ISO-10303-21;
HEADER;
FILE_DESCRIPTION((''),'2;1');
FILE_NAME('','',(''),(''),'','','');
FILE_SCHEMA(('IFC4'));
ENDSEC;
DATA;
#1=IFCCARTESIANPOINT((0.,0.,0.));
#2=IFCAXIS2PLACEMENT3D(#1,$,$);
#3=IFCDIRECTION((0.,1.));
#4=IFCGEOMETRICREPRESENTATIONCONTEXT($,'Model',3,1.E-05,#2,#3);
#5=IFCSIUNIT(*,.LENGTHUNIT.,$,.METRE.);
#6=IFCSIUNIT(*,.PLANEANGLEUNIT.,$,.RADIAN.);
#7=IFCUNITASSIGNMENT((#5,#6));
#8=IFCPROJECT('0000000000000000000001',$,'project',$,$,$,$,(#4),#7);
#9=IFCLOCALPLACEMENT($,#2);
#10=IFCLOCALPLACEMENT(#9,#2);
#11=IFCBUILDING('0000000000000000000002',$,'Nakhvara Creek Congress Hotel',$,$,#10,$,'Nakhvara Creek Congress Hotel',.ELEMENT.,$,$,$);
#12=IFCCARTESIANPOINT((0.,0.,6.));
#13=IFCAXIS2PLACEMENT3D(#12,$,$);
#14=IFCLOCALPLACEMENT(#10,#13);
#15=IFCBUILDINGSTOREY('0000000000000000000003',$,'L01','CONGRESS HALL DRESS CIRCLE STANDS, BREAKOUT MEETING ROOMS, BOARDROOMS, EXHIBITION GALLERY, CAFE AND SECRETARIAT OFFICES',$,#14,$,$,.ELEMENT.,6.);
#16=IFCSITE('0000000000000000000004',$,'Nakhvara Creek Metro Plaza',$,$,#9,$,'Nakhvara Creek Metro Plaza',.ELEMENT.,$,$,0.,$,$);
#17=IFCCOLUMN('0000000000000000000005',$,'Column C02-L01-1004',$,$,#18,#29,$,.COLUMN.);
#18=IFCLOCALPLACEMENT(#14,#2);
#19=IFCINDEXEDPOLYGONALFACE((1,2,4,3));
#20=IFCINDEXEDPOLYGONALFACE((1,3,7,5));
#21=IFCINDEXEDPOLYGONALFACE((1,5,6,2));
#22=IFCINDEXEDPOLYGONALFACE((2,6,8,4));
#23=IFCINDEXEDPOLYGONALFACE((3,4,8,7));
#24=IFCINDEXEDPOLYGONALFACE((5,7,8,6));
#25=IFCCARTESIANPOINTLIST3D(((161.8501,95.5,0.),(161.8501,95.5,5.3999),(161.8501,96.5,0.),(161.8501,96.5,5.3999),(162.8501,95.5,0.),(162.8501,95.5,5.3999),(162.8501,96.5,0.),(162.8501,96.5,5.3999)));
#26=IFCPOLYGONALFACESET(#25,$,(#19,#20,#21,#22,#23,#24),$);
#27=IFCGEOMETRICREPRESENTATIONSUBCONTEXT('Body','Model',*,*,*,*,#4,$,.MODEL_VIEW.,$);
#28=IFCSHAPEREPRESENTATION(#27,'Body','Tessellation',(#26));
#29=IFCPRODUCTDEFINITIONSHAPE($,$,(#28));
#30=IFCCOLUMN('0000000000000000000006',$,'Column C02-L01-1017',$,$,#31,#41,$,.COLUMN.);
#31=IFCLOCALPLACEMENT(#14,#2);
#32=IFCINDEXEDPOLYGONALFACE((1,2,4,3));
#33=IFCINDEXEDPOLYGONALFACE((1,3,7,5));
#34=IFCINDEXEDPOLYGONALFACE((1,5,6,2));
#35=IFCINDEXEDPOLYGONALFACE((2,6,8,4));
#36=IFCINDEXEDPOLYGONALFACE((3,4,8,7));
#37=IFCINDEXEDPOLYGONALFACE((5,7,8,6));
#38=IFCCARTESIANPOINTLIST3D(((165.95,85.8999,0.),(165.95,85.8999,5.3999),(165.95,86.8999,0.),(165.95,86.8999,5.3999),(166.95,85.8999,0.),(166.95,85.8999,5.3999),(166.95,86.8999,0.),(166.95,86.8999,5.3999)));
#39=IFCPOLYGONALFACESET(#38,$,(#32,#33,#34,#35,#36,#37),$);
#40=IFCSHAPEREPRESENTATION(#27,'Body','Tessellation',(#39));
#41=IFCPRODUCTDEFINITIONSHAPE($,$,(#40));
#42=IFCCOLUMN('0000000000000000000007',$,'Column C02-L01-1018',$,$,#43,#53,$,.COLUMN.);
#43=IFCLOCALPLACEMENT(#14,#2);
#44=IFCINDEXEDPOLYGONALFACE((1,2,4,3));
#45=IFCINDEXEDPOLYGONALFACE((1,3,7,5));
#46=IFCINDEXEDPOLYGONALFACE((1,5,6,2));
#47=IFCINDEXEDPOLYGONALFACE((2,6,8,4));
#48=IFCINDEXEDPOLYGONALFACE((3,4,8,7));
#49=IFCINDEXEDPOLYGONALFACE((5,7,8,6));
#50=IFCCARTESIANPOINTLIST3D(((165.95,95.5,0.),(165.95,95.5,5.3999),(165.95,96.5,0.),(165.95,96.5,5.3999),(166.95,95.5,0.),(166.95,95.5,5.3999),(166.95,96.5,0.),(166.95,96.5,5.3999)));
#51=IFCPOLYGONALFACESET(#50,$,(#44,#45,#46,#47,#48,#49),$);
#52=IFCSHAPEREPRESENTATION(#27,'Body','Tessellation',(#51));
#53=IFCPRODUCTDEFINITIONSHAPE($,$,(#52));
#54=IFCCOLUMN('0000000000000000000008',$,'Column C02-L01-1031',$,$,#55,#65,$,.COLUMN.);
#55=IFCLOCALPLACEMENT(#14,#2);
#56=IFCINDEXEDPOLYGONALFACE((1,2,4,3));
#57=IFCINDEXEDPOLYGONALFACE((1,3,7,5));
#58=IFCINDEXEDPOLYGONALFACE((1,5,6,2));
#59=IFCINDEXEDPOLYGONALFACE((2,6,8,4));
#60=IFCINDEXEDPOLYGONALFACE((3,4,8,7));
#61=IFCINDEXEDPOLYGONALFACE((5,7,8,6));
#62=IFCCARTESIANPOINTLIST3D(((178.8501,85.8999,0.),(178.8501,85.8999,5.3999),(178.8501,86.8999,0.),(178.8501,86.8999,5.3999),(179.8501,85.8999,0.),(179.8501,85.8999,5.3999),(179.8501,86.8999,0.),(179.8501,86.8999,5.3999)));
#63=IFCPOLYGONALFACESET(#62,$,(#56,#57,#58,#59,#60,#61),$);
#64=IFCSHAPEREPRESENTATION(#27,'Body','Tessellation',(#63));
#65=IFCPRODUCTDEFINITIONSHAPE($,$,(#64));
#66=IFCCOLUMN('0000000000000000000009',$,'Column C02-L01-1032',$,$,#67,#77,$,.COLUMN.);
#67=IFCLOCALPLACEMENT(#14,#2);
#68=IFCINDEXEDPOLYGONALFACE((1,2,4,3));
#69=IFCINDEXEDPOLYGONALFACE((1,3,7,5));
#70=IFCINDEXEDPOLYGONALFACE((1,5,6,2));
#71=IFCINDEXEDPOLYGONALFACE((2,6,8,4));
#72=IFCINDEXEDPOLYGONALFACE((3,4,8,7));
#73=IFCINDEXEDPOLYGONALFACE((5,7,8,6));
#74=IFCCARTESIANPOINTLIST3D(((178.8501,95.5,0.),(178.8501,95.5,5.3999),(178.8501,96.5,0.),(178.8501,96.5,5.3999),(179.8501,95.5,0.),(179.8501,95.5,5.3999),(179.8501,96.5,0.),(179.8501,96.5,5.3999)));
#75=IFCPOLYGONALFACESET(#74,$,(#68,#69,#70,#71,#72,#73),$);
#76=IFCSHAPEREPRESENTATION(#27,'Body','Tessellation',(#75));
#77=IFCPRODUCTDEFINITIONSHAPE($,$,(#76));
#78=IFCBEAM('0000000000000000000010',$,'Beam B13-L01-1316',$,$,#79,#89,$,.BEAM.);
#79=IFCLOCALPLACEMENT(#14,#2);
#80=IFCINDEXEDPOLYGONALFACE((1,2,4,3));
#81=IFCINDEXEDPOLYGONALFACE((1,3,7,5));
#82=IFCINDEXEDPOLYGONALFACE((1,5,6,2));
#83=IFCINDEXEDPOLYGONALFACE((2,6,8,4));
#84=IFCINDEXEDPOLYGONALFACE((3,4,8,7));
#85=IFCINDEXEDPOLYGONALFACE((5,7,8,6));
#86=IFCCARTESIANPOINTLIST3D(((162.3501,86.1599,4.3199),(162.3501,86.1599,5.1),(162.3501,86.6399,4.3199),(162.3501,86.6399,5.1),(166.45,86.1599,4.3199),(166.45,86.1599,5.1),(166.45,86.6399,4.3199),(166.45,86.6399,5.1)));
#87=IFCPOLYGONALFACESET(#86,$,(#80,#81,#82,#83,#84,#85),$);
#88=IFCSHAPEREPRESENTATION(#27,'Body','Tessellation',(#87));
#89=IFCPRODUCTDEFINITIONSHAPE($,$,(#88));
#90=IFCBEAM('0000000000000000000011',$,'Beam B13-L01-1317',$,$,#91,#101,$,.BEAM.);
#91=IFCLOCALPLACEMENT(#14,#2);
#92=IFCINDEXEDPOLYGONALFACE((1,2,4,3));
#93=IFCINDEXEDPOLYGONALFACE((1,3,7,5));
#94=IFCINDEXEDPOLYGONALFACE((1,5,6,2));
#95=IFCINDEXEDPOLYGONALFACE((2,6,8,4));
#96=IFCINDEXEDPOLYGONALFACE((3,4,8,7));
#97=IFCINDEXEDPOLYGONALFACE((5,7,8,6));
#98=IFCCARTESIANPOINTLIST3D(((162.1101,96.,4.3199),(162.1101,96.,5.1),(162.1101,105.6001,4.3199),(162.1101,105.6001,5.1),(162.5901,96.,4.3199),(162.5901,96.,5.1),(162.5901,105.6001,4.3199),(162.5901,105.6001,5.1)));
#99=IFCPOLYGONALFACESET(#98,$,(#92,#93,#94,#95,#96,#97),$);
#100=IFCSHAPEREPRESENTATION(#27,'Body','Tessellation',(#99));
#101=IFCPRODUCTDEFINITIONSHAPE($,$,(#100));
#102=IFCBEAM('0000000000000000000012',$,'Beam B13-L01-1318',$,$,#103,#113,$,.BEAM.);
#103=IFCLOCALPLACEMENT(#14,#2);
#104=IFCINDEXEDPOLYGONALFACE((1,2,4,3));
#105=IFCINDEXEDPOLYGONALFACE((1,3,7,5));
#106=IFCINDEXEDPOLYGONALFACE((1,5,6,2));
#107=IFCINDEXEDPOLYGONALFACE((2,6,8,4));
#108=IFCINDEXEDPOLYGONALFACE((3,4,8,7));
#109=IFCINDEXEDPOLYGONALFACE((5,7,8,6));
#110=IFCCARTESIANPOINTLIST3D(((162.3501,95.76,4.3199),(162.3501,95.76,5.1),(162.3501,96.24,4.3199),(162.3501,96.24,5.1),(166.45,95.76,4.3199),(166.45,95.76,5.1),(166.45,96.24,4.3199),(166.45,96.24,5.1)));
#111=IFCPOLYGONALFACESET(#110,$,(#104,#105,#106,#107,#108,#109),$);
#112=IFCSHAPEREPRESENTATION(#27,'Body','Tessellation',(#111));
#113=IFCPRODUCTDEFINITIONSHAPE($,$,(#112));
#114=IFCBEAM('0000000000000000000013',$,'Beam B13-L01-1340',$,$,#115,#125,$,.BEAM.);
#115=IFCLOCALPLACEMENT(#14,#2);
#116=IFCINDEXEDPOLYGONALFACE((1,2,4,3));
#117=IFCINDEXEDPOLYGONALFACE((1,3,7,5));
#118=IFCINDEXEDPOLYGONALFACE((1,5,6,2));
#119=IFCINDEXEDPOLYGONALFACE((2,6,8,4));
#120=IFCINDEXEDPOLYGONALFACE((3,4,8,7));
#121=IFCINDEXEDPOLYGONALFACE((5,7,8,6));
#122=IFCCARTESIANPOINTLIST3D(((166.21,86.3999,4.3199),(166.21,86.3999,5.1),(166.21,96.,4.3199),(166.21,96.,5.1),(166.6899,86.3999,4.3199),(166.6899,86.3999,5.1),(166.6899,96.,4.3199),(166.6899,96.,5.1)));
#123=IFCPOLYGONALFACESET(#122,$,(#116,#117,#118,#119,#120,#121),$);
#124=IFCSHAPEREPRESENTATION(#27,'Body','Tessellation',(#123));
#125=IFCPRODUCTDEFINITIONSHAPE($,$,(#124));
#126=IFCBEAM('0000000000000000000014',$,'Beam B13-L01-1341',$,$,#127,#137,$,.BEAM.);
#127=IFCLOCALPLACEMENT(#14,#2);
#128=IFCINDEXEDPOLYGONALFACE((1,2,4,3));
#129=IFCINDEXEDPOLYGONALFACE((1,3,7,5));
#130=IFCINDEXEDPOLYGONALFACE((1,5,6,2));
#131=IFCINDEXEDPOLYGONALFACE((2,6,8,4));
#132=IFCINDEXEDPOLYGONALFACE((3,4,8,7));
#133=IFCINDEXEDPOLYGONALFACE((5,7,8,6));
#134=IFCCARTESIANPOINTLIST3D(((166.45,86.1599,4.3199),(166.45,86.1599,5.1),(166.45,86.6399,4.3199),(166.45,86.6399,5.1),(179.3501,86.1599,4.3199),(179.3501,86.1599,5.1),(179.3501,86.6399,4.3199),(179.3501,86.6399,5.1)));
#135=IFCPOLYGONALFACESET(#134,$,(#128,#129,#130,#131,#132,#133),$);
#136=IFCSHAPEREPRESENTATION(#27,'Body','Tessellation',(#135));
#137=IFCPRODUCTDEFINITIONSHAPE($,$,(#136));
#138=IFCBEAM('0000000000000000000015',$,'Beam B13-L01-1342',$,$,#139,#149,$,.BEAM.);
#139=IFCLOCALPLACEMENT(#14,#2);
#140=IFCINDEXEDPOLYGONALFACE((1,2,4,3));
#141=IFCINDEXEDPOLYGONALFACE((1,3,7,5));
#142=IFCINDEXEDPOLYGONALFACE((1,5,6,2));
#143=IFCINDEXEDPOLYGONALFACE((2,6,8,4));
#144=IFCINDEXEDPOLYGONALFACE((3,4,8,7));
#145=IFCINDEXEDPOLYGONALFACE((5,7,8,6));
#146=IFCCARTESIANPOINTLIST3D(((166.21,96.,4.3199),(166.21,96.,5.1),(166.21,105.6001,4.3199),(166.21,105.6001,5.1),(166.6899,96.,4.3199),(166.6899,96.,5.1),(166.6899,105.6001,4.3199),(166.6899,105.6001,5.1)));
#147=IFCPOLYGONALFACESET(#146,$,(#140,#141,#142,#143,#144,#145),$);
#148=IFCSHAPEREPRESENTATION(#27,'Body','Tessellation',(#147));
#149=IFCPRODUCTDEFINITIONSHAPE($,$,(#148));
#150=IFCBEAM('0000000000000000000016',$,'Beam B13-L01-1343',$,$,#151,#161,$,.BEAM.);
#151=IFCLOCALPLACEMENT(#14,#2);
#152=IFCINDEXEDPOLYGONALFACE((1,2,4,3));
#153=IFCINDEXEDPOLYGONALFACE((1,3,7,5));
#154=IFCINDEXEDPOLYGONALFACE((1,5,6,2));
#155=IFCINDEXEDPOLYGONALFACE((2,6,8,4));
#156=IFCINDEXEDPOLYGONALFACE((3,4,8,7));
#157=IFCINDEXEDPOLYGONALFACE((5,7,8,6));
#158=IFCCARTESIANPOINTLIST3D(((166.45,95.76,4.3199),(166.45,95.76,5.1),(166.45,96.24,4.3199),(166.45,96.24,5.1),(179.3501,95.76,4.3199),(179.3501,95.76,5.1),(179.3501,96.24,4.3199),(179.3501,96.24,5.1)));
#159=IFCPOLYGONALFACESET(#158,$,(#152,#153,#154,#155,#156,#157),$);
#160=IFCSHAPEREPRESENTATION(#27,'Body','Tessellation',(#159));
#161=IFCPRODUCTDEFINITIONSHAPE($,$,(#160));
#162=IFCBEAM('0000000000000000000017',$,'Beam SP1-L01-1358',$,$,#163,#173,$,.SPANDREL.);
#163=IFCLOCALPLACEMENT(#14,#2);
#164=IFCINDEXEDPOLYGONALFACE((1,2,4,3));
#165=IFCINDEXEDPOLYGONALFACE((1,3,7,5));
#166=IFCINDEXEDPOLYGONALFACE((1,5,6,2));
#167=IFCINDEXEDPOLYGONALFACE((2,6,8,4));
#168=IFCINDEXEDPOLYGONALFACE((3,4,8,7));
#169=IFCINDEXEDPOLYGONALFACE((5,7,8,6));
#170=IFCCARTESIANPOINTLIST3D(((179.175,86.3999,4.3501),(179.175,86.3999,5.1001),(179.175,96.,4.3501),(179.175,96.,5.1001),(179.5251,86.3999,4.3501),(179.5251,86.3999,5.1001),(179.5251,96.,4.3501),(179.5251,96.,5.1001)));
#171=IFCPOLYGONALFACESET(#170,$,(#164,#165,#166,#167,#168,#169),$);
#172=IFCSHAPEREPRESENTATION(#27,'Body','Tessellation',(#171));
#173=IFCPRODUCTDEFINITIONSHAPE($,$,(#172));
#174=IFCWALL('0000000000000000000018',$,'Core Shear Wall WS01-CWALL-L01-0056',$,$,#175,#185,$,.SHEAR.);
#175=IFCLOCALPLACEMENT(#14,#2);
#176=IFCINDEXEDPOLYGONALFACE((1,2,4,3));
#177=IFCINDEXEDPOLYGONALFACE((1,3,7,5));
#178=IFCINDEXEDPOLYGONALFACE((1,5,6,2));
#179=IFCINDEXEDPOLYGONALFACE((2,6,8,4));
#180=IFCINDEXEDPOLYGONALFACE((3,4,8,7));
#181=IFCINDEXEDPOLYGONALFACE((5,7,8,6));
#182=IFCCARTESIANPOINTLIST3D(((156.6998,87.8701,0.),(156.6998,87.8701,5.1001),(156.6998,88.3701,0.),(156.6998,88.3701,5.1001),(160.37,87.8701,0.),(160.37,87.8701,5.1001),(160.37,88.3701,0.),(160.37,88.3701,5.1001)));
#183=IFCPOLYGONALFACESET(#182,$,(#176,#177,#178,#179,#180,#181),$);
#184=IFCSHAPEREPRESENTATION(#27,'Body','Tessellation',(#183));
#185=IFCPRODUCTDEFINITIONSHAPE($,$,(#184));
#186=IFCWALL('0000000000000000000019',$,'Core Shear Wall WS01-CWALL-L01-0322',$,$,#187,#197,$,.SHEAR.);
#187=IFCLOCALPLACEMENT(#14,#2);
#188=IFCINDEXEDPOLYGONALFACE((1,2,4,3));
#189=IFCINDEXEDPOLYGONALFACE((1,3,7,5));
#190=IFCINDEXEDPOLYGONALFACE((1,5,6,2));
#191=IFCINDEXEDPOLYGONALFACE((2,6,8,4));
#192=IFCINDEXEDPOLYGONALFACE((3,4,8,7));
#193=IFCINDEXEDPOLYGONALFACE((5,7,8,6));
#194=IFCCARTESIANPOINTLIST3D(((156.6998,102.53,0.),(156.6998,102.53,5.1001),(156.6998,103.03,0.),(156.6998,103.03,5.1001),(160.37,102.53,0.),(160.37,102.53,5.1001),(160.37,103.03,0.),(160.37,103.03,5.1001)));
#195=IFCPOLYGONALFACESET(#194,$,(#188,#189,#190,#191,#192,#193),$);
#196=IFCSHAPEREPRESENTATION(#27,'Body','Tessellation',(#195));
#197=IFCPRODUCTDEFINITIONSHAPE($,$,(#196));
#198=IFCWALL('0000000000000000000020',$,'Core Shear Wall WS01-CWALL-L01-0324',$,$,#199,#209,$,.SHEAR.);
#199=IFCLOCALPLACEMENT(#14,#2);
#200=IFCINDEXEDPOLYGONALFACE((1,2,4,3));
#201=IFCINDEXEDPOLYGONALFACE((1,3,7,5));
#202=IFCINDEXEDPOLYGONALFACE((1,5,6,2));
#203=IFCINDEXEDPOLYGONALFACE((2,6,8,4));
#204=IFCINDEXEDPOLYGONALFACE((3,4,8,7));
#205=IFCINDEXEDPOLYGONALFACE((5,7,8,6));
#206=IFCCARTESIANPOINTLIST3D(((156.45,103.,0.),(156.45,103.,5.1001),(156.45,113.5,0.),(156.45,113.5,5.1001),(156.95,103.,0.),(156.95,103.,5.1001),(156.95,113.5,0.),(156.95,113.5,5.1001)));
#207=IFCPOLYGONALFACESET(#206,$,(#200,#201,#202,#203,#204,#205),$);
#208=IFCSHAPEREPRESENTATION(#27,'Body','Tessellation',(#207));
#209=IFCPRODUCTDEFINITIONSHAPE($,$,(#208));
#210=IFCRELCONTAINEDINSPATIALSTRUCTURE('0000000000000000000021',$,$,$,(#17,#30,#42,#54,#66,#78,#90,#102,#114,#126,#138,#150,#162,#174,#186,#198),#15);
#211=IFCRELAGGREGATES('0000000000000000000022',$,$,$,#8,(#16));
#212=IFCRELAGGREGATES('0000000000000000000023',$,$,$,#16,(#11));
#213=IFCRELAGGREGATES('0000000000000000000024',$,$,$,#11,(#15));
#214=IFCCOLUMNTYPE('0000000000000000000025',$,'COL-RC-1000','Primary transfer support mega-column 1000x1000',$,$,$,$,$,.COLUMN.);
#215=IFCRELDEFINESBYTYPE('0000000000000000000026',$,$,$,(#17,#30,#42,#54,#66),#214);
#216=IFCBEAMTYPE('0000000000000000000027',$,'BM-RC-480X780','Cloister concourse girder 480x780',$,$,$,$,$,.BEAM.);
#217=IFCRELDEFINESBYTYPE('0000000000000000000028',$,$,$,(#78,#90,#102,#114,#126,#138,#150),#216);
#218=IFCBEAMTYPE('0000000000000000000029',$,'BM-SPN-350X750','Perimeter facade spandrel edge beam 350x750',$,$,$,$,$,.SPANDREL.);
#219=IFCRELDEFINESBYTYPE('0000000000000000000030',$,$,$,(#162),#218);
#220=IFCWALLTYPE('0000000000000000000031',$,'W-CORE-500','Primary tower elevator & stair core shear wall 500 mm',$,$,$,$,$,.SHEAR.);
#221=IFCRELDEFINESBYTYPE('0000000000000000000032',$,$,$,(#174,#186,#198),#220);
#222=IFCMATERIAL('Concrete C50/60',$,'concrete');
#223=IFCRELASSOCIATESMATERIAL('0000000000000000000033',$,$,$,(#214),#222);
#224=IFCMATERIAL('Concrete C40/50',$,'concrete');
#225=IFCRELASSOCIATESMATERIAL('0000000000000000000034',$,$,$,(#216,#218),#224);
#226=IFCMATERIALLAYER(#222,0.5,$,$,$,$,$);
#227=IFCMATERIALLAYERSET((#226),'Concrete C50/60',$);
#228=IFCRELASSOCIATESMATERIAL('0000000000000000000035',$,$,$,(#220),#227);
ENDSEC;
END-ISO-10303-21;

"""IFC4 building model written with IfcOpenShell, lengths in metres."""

from ifc_helpers import new_model, si_unit, direction, frame, frame_2d, origin, origin_2d, place, context, subcontext, project, spatial, rectangle, extrude, material, layer, layer_set, material_profile, profile_set, type_object, element, save


model = new_model("IFC4")

# Units and contexts
model_context = context("Model", 3, precision=1e-05, world=origin(), true_north=direction((0.0, 1.0)))
body_context = subcontext(model_context, "Body", "Model", "MODEL_VIEW")
ifc_project = project(units=[si_unit("LENGTHUNIT", "METRE"), si_unit("PLANEANGLEUNIT", "RADIAN")], contexts=[model_context])

# Site, building, storey
site_placement = place(None, origin())
site = spatial("IfcSite", under=ifc_project, at=site_placement, Name="Nakhvara Creek Metro Plaza", LongName="Nakhvara Creek Metro Plaza", CompositionType="ELEMENT", RefElevation=0.0)
building_placement = place(site_placement, origin())
building = spatial("IfcBuilding", under=site, at=building_placement, Name="Nakhvara Creek Congress Hotel", LongName="Nakhvara Creek Congress Hotel", CompositionType="ELEMENT")
storey_placement = place(building_placement, frame((0.0, 0.0, 6.0)))
storey = spatial("IfcBuildingStorey", under=building, at=storey_placement, Name="L01", Description="CONGRESS HALL DRESS CIRCLE STANDS, BREAKOUT MEETING ROOMS, BOARDROOMS, EXHIBITION GALLERY, CAFE AND SECRETARIAT OFFICES", CompositionType="ELEMENT", Elevation=6.0)

# Columns
ifc_material_1 = material(Name="Concrete C50/60", Category="concrete")
ifc_material_profile_1 = material_profile(ifc_material_1, rectangle(XDim=1.0, YDim=1.0, at=origin_2d()), Name="RC-COL 1000x1000", Category="LoadBearing")
ifc_profile_set_1 = profile_set([ifc_material_profile_1], Name="Concrete C50/60")
column_type = type_object("IfcColumnType", Name="COL-RC-1000", Description="Primary transfer support mega-column 1000x1000", PredefinedType="COLUMN", material=ifc_profile_set_1)
for number, where, z_axis, x_axis, name in (
    (1, (162.3501, 96.0, 0.0), (0.0, 0.0, 1.0), (1.0, 0.0, 0.0), "Column C02-L01-1004"),
    (2, (166.45, 86.3999, 0.0), (0.0, 0.0, 1.0), (1.0, 0.0, 0.0), "Column C02-L01-1017"),
    (3, (166.45, 96.0, 0.0), (0.0, 0.0, 1.0), (1.0, 0.0, 0.0), "Column C02-L01-1018"),
    (4, (179.3501, 86.3999, 0.0), (0.0, 0.0, 1.0), (1.0, 0.0, 0.0), "Column C02-L01-1031"),
    (5, (179.3501, 96.0, 0.0), (0.0, 0.0, 1.0), (1.0, 0.0, 0.0), "Column C02-L01-1032"),
):
    element("IfcColumn", number, at=place(storey_placement, frame(where, z_axis=z_axis, x_axis=x_axis)), inside=storey, type_object=column_type, Name=name, PredefinedType="COLUMN", context=body_context, shape_type="SweptSolid", body=[
        extrude(rectangle(XDim=1.0, YDim=1.0, at=origin_2d()), origin(), (0.0, 0.0, 1.0), 5.3999),
    ])

# Beams
ifc_material_2 = material(Name="Concrete C40/50", Category="concrete")
ifc_material_profile_2 = material_profile(ifc_material_2, rectangle(XDim=0.48, YDim=0.78, at=origin_2d()), Name="RC-BM 480x780", Category="LoadBearing")
ifc_profile_set_2 = profile_set([ifc_material_profile_2], Name="Concrete C40/50")
beam_type_1 = type_object("IfcBeamType", Name="BM-RC-480X780", Description="Cloister concourse girder 480x780", PredefinedType="BEAM", material=ifc_profile_set_2)
beam_1_placement = place(storey_placement, frame((162.3501, 86.3999, 4.71), z_axis=(1.0, 0.0, 0.0), x_axis=(0.0, 1.0, 0.0)))
element("IfcBeam", 6, at=beam_1_placement, inside=storey, type_object=beam_type_1, Name="Beam B13-L01-1316", PredefinedType="BEAM", context=body_context, shape_type="SweptSolid", body=[
    extrude(rectangle(XDim=0.48, YDim=0.78, at=origin_2d()), origin(), (0.0, 0.0, 1.0), 4.0999),
])
beam_2_placement = place(storey_placement, frame((162.3501, 96.0, 4.71), z_axis=(0.0, 1.0, 0.0), x_axis=(-1.0, 0.0, 0.0)))
element("IfcBeam", 7, at=beam_2_placement, inside=storey, type_object=beam_type_1, Name="Beam B13-L01-1317", PredefinedType="BEAM", context=body_context, shape_type="SweptSolid", body=[
    extrude(rectangle(XDim=0.48, YDim=0.78, at=origin_2d()), origin(), (0.0, 0.0, 1.0), 9.6001),
])
beam_3_placement = place(storey_placement, frame((162.3501, 96.0, 4.71), z_axis=(1.0, 0.0, 0.0), x_axis=(0.0, 1.0, 0.0)))
element("IfcBeam", 8, at=beam_3_placement, inside=storey, type_object=beam_type_1, Name="Beam B13-L01-1318", PredefinedType="BEAM", context=body_context, shape_type="SweptSolid", body=[
    extrude(rectangle(XDim=0.48, YDim=0.78, at=origin_2d()), origin(), (0.0, 0.0, 1.0), 4.0999),
])
beam_4_placement = place(storey_placement, frame((166.45, 86.3999, 4.71), z_axis=(0.0, 1.0, 0.0), x_axis=(-1.0, 0.0, 0.0)))
element("IfcBeam", 9, at=beam_4_placement, inside=storey, type_object=beam_type_1, Name="Beam B13-L01-1340", PredefinedType="BEAM", context=body_context, shape_type="SweptSolid", body=[
    extrude(rectangle(XDim=0.48, YDim=0.78, at=origin_2d()), origin(), (0.0, 0.0, 1.0), 9.6001),
])
beam_5_placement = place(storey_placement, frame((166.45, 86.3999, 4.71), z_axis=(1.0, 0.0, 0.0), x_axis=(0.0, 1.0, 0.0)))
element("IfcBeam", 10, at=beam_5_placement, inside=storey, type_object=beam_type_1, Name="Beam B13-L01-1341", PredefinedType="BEAM", context=body_context, shape_type="SweptSolid", body=[
    extrude(rectangle(XDim=0.48, YDim=0.78, at=origin_2d()), origin(), (0.0, 0.0, 1.0), 12.9001),
])
beam_6_placement = place(storey_placement, frame((166.45, 96.0, 4.71), z_axis=(0.0, 1.0, 0.0), x_axis=(-1.0, 0.0, 0.0)))
element("IfcBeam", 11, at=beam_6_placement, inside=storey, type_object=beam_type_1, Name="Beam B13-L01-1342", PredefinedType="BEAM", context=body_context, shape_type="SweptSolid", body=[
    extrude(rectangle(XDim=0.48, YDim=0.78, at=origin_2d()), origin(), (0.0, 0.0, 1.0), 9.6001),
])
beam_7_placement = place(storey_placement, frame((166.45, 96.0, 4.71), z_axis=(1.0, 0.0, 0.0), x_axis=(0.0, 1.0, 0.0)))
element("IfcBeam", 12, at=beam_7_placement, inside=storey, type_object=beam_type_1, Name="Beam B13-L01-1343", PredefinedType="BEAM", context=body_context, shape_type="SweptSolid", body=[
    extrude(rectangle(XDim=0.48, YDim=0.78, at=origin_2d()), origin(), (0.0, 0.0, 1.0), 12.9001),
])
ifc_material_profile_3 = material_profile(ifc_material_2, rectangle(XDim=0.3501, YDim=0.75, at=origin_2d()), Name="RC-SPANDREL 350x750", Category="LoadBearing")
ifc_profile_set_3 = profile_set([ifc_material_profile_3], Name="Concrete C40/50")
beam_type_2 = type_object("IfcBeamType", Name="BM-SPN-350X750", Description="Perimeter facade spandrel edge beam 350x750", PredefinedType="SPANDREL", material=ifc_profile_set_3)
beam_8_placement = place(storey_placement, frame((179.3501, 86.3999, 4.7251), z_axis=(0.0, 1.0, 0.0), x_axis=(-1.0, 0.0, 0.0)))
element("IfcBeam", 13, at=beam_8_placement, inside=storey, type_object=beam_type_2, Name="Beam SP1-L01-1358", PredefinedType="SPANDREL", context=body_context, shape_type="SweptSolid", body=[
    extrude(rectangle(XDim=0.3501, YDim=0.75, at=origin_2d()), origin(), (0.0, 0.0, 1.0), 9.6001),
])

# Walls
ifc_layer_1 = layer(ifc_material_1, 0.5)
ifc_layer_set_1 = layer_set([ifc_layer_1], Name="Concrete C50/60")
wall_type_1 = type_object("IfcWallType", Name="W-CORE-500", Description="Primary tower elevator & stair core shear wall 500 mm", PredefinedType="SHEAR", material=ifc_layer_set_1)
for number, where, z_axis, x_axis, name in (
    (14, (156.7, 88.1201, 0.0), (0.0, 0.0, 1.0), (1.0, 0.0, 0.0), "Core Shear Wall WS01-CWALL-L01-0056"),
    (15, (156.7, 102.78, 0.0), (0.0, 0.0, 1.0), (1.0, 0.0, 0.0), "Core Shear Wall WS01-CWALL-L01-0322"),
):
    element("IfcWall", number, at=place(storey_placement, frame(where, z_axis=z_axis, x_axis=x_axis)), inside=storey, type_object=wall_type_1, Name=name, PredefinedType="SHEAR", context=body_context, shape_type="SweptSolid", body=[
        extrude(rectangle(XDim=3.6702, YDim=0.5, at=frame_2d((1.835, 0.0))), origin(), (0.0, 0.0, 1.0), 5.1001),
    ])
wall_1_placement = place(storey_placement, frame((156.7, 103.0, 0.0), z_axis=(0.0, 0.0, 1.0), x_axis=(0.0, 1.0, 0.0)))
element("IfcWall", 16, at=wall_1_placement, inside=storey, type_object=wall_type_1, Name="Core Shear Wall WS01-CWALL-L01-0324", PredefinedType="SHEAR", context=body_context, shape_type="SweptSolid", body=[
    extrude(rectangle(XDim=10.5, YDim=0.5, at=frame_2d((5.25, 0.0))), origin(), (0.0, 0.0, 1.0), 5.1001),
])

save(model, "model.ifc")
